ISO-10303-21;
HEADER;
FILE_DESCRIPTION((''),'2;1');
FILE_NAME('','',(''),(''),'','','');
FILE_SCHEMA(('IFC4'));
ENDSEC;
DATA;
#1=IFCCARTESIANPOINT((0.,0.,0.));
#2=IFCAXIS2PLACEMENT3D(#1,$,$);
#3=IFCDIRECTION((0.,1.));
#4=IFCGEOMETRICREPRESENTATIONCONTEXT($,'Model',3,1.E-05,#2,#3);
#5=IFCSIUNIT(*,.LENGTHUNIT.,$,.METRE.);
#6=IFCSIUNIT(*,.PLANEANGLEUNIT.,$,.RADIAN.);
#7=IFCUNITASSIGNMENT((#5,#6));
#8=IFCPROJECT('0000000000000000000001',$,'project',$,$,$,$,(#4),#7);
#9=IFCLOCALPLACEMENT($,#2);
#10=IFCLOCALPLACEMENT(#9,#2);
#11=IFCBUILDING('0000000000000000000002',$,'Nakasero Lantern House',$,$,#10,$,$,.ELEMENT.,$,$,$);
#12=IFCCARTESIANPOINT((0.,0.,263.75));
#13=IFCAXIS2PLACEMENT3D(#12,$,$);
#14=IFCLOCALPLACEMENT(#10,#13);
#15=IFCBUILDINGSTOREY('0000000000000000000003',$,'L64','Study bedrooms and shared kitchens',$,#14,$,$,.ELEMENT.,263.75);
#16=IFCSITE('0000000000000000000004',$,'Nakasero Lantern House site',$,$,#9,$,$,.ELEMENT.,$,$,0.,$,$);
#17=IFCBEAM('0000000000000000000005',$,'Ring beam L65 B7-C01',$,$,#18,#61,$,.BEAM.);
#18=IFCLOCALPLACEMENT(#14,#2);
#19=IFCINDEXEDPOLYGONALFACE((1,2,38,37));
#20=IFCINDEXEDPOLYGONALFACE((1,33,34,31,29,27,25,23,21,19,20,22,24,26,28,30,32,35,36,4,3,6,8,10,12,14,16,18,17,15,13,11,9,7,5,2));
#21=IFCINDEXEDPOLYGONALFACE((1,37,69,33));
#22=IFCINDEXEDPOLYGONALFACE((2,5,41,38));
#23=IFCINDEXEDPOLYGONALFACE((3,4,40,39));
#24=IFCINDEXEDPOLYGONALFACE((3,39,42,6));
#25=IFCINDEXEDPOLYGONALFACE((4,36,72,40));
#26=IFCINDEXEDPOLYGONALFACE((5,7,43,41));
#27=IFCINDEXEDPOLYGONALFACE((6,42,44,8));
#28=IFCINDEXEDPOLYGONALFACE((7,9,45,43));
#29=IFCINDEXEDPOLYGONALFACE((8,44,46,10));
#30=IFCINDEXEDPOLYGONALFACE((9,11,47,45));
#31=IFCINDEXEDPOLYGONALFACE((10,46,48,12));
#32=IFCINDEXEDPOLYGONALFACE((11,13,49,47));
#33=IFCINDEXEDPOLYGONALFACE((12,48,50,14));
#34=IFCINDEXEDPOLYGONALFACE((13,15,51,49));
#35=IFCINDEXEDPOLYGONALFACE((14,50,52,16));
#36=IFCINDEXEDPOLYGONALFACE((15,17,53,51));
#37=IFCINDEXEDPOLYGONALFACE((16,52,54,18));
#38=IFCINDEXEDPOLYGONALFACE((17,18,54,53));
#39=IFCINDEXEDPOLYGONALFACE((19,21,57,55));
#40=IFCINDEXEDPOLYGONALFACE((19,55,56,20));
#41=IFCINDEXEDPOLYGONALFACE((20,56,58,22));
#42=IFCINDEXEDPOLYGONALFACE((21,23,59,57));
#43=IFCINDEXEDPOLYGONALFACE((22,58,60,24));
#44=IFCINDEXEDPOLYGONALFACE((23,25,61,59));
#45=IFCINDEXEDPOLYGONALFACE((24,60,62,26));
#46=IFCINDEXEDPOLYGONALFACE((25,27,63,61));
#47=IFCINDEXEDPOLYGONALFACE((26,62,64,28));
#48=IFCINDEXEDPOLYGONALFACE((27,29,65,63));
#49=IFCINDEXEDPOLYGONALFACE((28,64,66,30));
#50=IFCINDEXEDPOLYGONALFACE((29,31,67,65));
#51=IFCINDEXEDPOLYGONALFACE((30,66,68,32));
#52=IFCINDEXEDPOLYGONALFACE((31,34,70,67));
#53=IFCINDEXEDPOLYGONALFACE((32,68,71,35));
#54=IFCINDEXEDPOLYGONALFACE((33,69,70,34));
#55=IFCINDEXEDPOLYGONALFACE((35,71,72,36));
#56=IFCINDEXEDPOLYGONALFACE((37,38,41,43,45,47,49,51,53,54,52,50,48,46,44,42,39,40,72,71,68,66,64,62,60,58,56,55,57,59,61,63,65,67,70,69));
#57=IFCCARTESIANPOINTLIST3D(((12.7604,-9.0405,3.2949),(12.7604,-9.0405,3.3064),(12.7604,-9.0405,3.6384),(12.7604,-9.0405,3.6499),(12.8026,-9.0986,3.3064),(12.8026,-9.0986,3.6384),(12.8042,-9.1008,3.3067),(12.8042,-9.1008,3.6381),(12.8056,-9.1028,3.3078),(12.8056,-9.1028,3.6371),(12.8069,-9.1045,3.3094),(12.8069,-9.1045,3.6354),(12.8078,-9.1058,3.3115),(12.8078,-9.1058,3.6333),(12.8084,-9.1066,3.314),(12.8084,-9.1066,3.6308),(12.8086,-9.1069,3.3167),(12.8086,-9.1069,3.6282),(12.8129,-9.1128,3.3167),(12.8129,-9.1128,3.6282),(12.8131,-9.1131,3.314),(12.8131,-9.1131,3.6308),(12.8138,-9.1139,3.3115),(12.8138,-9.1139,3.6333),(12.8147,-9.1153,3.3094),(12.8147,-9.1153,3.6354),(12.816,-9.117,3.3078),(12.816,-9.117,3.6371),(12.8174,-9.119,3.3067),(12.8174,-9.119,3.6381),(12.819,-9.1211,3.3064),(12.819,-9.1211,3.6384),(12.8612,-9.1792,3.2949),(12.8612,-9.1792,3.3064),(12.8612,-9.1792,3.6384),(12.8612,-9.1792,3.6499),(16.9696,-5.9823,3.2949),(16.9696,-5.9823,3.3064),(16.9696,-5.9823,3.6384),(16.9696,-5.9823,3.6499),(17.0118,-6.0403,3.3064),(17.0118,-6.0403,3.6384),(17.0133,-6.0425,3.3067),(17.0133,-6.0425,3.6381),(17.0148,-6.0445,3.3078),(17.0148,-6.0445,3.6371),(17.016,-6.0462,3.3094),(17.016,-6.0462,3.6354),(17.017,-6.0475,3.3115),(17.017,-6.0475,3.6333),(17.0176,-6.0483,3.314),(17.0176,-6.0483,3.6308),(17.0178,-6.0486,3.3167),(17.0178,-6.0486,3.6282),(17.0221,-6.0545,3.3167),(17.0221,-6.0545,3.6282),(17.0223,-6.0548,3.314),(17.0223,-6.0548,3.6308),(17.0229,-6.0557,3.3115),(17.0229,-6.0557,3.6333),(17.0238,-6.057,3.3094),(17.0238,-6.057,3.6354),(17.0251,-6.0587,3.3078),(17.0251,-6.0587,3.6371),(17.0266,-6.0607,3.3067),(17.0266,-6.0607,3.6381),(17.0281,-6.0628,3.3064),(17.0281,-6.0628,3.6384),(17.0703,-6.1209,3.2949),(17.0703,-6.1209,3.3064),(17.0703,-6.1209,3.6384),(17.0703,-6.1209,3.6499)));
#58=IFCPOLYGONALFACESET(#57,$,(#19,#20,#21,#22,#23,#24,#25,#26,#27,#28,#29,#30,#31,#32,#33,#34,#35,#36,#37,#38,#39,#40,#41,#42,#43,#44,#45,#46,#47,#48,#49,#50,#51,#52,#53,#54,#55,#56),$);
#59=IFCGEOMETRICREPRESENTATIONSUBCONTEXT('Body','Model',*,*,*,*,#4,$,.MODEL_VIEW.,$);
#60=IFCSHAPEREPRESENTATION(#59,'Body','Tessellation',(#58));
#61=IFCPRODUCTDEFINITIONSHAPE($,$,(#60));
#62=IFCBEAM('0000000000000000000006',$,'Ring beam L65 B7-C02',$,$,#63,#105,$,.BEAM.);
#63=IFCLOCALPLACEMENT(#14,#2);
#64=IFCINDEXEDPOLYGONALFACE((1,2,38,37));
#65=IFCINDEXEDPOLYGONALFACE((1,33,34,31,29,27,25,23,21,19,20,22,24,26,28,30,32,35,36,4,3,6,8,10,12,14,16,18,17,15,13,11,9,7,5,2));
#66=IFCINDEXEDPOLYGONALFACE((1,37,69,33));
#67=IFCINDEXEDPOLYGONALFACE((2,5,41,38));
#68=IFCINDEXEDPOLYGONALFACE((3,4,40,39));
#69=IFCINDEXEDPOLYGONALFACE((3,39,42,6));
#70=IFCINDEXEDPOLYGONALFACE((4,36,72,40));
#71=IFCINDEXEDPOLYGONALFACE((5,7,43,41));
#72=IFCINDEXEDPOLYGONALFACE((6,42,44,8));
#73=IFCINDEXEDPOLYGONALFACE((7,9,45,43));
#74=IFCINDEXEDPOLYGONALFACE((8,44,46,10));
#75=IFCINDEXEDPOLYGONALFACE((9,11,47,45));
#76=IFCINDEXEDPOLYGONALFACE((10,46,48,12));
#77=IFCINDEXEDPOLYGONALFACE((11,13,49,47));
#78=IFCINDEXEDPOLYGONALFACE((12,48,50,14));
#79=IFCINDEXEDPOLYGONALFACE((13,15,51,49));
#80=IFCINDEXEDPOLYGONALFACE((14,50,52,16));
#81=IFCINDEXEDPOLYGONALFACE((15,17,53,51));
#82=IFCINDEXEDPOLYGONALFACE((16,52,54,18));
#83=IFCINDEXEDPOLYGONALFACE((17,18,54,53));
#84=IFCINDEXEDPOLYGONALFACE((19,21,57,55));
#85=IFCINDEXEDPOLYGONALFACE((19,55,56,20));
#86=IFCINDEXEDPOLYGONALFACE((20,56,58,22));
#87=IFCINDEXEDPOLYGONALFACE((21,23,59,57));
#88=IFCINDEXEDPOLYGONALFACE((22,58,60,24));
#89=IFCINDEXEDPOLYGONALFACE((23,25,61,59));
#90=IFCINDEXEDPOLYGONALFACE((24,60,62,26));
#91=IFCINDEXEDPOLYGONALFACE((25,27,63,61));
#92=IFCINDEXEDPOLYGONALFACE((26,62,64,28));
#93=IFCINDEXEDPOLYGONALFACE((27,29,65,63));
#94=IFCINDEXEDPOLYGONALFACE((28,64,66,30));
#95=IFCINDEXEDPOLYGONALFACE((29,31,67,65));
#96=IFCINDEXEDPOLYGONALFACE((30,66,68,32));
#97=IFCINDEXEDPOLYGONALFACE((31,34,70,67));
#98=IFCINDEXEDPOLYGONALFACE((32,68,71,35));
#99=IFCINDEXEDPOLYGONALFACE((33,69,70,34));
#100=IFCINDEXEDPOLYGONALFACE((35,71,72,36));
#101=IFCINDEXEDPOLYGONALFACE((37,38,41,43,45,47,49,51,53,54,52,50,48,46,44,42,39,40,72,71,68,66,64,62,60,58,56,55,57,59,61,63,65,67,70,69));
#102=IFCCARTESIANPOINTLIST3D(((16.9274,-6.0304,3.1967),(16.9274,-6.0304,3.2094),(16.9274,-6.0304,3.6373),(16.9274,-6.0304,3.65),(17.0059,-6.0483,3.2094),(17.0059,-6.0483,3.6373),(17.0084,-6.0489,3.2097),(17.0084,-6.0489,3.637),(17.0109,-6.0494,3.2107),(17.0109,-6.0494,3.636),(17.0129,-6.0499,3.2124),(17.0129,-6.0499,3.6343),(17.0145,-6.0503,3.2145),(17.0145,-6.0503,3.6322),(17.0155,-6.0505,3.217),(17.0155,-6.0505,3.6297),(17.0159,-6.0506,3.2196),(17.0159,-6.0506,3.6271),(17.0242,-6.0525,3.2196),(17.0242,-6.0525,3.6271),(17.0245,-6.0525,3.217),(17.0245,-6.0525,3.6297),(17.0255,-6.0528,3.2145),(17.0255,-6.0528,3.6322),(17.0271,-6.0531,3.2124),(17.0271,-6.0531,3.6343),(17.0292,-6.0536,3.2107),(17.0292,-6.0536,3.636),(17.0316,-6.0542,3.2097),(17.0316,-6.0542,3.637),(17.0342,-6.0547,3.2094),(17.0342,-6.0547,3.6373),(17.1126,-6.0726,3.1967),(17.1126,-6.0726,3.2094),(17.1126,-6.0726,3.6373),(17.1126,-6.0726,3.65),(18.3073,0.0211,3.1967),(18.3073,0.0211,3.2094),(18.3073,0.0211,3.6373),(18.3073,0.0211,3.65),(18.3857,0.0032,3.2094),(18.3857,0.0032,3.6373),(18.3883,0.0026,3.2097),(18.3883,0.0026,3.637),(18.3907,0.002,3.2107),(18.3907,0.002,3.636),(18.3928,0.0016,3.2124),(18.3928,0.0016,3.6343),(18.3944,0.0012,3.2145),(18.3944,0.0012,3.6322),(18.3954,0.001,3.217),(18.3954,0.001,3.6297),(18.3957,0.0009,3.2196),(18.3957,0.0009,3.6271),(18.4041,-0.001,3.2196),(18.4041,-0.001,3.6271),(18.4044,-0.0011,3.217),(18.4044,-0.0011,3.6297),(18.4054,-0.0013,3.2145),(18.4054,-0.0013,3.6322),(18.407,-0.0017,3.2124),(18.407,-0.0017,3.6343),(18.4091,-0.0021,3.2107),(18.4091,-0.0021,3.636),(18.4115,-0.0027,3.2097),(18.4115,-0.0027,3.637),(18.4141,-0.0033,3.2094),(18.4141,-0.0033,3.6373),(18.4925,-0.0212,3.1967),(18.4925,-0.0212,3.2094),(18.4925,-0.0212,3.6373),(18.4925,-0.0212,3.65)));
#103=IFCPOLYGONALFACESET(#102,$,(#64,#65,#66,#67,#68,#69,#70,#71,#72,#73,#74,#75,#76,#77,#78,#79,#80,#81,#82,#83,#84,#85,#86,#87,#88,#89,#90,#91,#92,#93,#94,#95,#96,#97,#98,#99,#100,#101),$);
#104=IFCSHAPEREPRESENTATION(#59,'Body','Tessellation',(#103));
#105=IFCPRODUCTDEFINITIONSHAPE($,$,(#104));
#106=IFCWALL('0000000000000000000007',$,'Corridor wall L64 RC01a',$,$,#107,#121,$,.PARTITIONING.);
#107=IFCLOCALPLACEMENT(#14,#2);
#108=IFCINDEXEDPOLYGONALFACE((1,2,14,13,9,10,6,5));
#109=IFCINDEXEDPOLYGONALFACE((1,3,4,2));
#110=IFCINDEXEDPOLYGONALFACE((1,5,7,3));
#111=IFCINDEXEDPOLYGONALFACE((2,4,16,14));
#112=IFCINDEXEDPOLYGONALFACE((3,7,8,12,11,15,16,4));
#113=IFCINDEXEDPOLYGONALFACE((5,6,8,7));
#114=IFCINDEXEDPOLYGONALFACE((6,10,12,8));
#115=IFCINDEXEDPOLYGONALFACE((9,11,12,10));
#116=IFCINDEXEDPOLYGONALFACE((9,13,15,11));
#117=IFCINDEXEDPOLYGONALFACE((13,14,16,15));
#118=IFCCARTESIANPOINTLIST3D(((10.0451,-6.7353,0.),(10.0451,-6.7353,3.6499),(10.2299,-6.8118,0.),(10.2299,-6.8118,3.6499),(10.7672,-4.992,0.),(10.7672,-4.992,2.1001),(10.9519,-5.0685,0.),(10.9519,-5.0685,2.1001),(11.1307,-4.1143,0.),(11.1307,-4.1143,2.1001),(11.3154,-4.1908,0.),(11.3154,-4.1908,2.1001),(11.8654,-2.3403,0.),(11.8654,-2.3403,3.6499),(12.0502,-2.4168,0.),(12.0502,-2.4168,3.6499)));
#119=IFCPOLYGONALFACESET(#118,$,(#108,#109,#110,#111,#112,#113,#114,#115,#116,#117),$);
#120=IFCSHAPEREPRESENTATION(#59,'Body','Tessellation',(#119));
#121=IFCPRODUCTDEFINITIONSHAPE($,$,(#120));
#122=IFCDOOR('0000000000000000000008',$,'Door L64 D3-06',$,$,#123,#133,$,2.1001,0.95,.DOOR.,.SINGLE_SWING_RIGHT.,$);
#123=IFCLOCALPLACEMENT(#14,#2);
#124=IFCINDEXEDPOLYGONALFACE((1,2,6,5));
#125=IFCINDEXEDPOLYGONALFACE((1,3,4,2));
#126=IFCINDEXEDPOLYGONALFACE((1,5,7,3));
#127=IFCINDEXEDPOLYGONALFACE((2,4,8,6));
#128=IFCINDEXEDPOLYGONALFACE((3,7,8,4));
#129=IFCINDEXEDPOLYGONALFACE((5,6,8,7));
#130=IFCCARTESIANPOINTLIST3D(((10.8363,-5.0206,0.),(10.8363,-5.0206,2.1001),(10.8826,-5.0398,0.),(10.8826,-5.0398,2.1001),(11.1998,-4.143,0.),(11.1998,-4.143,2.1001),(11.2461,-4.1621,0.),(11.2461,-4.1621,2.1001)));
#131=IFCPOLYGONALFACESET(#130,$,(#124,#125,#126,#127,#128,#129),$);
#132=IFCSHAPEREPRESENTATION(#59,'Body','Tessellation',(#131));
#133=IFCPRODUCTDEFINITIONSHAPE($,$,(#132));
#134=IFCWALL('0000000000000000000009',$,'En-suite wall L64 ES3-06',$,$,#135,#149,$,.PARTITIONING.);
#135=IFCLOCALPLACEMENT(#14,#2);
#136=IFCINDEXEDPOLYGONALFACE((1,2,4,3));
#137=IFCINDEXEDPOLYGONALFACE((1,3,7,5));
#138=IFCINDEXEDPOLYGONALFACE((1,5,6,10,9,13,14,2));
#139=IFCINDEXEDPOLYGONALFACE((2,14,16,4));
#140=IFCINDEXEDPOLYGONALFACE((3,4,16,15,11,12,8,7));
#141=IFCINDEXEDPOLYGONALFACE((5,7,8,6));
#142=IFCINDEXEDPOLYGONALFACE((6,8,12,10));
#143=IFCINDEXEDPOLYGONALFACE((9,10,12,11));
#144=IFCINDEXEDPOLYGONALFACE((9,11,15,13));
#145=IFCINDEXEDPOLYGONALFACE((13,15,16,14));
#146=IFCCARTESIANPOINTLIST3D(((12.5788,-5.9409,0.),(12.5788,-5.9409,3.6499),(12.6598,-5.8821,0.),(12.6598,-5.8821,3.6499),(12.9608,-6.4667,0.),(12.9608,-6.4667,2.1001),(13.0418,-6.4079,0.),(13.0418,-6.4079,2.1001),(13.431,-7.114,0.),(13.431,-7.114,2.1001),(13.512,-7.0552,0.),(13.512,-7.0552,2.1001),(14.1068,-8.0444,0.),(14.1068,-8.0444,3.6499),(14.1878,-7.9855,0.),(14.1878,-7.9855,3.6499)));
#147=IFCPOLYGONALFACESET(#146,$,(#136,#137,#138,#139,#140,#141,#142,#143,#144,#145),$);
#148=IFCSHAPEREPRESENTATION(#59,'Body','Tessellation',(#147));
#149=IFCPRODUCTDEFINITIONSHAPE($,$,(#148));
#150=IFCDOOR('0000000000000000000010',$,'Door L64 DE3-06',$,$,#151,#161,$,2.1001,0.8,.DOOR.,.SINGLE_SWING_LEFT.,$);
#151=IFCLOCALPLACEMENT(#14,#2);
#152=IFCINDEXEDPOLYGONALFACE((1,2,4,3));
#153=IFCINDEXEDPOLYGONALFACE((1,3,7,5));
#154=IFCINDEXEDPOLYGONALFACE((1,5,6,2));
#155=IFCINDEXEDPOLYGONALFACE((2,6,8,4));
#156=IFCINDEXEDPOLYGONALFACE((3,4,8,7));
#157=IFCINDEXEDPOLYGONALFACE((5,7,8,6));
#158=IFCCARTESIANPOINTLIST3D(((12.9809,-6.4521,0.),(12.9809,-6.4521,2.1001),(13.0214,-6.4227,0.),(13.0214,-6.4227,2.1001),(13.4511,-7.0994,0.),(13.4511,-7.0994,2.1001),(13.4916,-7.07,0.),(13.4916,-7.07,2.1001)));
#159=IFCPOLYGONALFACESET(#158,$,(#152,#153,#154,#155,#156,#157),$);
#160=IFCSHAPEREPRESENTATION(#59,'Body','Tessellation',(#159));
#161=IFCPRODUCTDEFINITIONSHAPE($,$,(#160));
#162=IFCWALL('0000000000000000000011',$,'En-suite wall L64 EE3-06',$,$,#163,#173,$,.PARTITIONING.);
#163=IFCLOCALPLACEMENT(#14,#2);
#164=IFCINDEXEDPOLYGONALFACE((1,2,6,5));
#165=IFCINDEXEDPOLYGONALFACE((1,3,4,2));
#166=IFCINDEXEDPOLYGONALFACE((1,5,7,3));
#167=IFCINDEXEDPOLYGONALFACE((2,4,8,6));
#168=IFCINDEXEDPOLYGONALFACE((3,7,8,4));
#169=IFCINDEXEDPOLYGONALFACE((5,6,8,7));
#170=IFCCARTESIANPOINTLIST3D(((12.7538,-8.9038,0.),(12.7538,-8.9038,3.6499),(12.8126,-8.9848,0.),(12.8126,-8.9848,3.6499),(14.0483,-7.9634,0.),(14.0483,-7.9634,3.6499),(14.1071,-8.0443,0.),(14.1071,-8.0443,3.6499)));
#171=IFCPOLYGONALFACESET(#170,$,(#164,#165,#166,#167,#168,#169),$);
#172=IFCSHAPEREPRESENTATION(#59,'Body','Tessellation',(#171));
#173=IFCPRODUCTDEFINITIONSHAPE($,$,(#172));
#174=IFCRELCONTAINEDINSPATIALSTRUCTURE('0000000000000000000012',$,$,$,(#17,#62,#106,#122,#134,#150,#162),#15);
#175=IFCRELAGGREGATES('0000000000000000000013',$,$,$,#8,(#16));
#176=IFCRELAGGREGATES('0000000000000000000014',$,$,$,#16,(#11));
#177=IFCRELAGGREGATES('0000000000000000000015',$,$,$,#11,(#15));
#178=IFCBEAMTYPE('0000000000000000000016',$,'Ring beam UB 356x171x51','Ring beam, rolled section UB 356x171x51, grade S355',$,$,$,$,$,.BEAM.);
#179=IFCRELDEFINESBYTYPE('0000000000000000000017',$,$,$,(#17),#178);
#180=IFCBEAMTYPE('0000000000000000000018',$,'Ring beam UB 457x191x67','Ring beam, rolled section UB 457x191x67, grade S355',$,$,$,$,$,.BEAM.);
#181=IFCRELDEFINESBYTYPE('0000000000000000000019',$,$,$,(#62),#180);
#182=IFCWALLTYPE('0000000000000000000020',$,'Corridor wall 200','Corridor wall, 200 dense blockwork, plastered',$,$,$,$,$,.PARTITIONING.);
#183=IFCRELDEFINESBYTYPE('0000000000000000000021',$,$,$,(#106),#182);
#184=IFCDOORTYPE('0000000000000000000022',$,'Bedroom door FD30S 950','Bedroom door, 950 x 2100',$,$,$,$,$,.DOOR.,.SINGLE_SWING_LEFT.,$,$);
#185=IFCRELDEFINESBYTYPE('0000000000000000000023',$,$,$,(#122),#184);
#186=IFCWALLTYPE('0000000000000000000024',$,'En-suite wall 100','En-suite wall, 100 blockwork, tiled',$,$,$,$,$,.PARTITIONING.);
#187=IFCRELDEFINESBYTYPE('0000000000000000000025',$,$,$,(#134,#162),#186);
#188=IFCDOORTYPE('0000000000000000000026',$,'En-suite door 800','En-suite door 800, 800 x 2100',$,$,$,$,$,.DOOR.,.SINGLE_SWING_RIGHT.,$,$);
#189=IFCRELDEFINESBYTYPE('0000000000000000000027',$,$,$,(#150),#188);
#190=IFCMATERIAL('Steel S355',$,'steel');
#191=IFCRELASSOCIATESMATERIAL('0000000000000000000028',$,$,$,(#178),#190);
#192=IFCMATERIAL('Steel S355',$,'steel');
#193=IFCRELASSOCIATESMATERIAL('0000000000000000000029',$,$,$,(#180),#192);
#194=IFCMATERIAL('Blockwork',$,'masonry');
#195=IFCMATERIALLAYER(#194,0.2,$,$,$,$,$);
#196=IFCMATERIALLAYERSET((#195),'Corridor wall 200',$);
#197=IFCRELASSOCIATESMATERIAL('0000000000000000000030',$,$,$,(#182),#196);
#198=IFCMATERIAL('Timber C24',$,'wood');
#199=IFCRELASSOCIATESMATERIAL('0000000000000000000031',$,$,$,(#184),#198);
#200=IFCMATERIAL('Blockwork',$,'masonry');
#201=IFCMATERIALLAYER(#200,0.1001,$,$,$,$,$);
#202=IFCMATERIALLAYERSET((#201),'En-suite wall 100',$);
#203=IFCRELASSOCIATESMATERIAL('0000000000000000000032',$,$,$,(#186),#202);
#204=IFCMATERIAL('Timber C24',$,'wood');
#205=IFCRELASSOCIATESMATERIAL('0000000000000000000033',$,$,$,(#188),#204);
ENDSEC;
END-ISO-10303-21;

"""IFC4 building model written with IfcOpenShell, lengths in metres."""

from ifc_helpers import new_model, si_unit, direction, frame, frame_2d, origin, origin_2d, place, context, subcontext, project, spatial, rectangle, i_section, extrude, material, layer, layer_set, material_profile, profile_set, type_object, element, fill, save


model = new_model("IFC4")

# Units and contexts
model_context = context("Model", 3, precision=1e-05, world=origin(), true_north=direction((0.0, 1.0)))
body_context = subcontext(model_context, "Body", "Model", "MODEL_VIEW")
ifc_project = project(units=[si_unit("LENGTHUNIT", "METRE"), si_unit("PLANEANGLEUNIT", "RADIAN")], contexts=[model_context])

# Site, building, storey
site_placement = place(None, origin())
site = spatial("IfcSite", under=ifc_project, at=site_placement, Name="Nakasero Lantern House site", CompositionType="ELEMENT", RefElevation=0.0)
building_placement = place(site_placement, origin())
building = spatial("IfcBuilding", under=site, at=building_placement, Name="Nakasero Lantern House", CompositionType="ELEMENT")
storey_placement = place(building_placement, frame((0.0, 0.0, 263.75)))
storey = spatial("IfcBuildingStorey", under=building, at=storey_placement, Name="L64", Description="Study bedrooms and shared kitchens", CompositionType="ELEMENT", Elevation=263.75)

# Beams
ifc_material_1 = material(Name="Steel S355", Category="steel")
ifc_material_profile_1 = material_profile(ifc_material_1, i_section(OverallWidth=0.1714, OverallDepth=0.355, WebThickness=0.0073, FlangeThickness=0.0115, FilletRadius=0.0103, at=origin_2d()), Name="UB 356x171x51")
ifc_profile_set_1 = profile_set([ifc_material_profile_1], Name="Steel S355")
beam_type_1 = type_object("IfcBeamType", Name="Ring beam UB 356x171x51", Description="Ring beam, rolled section UB 356x171x51, grade S355", PredefinedType="BEAM", material=ifc_profile_set_1)
beam_1_placement = place(storey_placement, frame((12.8108, -9.1099, 3.4724), z_axis=(0.809002, 0.587806, 0.0), x_axis=(-0.587806, 0.809002, 0.0)))
element("IfcBeam", 1, at=beam_1_placement, inside=storey, type_object=beam_type_1, Name="Ring beam L65 B7-C01", PredefinedType="BEAM", context=body_context, shape_type="SweptSolid", body=[
    extrude(i_section(OverallWidth=0.1714, OverallDepth=0.355, WebThickness=0.0073, FlangeThickness=0.0115, FilletRadius=0.0103, at=origin_2d()), origin(), (0.0, 0.0, 1.0), 5.2029),
])
ifc_material_2 = material(Name="Steel S355", Category="steel")
ifc_material_profile_2 = material_profile(ifc_material_2, i_section(OverallWidth=0.1899, OverallDepth=0.4534, WebThickness=0.0085, FlangeThickness=0.0127, FilletRadius=0.0103, at=origin_2d()), Name="UB 457x191x67")
ifc_profile_set_2 = profile_set([ifc_material_profile_2], Name="Steel S355")
beam_type_2 = type_object("IfcBeamType", Name="Ring beam UB 457x191x67", Description="Ring beam, rolled section UB 457x191x67, grade S355", PredefinedType="BEAM", material=ifc_profile_set_2)
beam_2_placement = place(storey_placement, frame((17.02, -6.0515, 3.4233), z_axis=(0.222316, 0.974975, 0.0), x_axis=(-0.974975, 0.222316, 0.0)))
element("IfcBeam", 2, at=beam_2_placement, inside=storey, type_object=beam_type_2, Name="Ring beam L65 B7-C02", PredefinedType="BEAM", context=body_context, shape_type="SweptSolid", body=[
    extrude(i_section(OverallWidth=0.1899, OverallDepth=0.4534, WebThickness=0.0085, FlangeThickness=0.0127, FilletRadius=0.0103, at=origin_2d()), origin(), (0.0, 0.0, 1.0), 6.2068),
])

# Walls, openings, doors
ifc_material_3 = material(Name="Blockwork", Category="masonry")
ifc_layer_1 = layer(ifc_material_3, 0.2)
ifc_layer_set_1 = layer_set([ifc_layer_1], Name="Corridor wall 200")
wall_type_1 = type_object("IfcWallType", Name="Corridor wall 200", Description="Corridor wall, 200 dense blockwork, plastered", PredefinedType="PARTITIONING", material=ifc_layer_set_1)
wall_1_placement = place(storey_placement, frame((11.9578, -2.3787, 0.0), z_axis=(0.0, 0.0, 1.0), x_axis=(-0.382654, -0.923892, 0.0)))
wall_1 = element("IfcWall", 3, at=wall_1_placement, inside=storey, type_object=wall_type_1, Name="Corridor wall L64 RC01a", PredefinedType="PARTITIONING", context=body_context, shape_type="SweptSolid", body=[
    extrude(rectangle(XDim=4.7571, YDim=0.2, at=frame_2d((2.3784, 0.0))), origin(), (0.0, 0.0, 1.0), 3.6499),
])
opening_1_placement = place(wall_1_placement, frame((1.9199, 0.0, 0.0)))
opening_1 = element("IfcOpeningElement", 4, at=opening_1_placement, cuts=wall_1, PredefinedType="OPENING", context=body_context, shape_type="SweptSolid", body=[
    extrude(rectangle(XDim=0.95, YDim=2.1001, at=frame_2d((0.4751, 1.05))), frame((0.0, 0.1199, 0.0), z_axis=(0.0, -1.0, 0.0), x_axis=(1.0, 0.0, 0.0)), (0.0, 0.0, 1.0), 0.24),
])
ifc_material_4 = material(Name="Timber C24", Category="wood")
door_type_1 = type_object("IfcDoorType", Name="Bedroom door FD30S 950", Description="Bedroom door, 950 x 2100", OperationType="SINGLE_SWING_LEFT", PredefinedType="DOOR", material=ifc_material_4)
door_1_placement = place(opening_1_placement, origin())
door_1 = element("IfcDoor", 5, at=door_1_placement, inside=storey, type_object=door_type_1, Name="Door L64 D3-06", OperationType="SINGLE_SWING_RIGHT", OverallHeight=2.1001, OverallWidth=0.95, PredefinedType="DOOR", context=body_context, shape_type="SweptSolid", body=[
    extrude(rectangle(XDim=0.95, YDim=2.1001, at=frame_2d((0.4751, 1.05))), frame((0.0, 0.0249, 0.0), z_axis=(0.0, -1.0, 0.0), x_axis=(1.0, 0.0, 0.0)), (0.0, 0.0, 1.0), 0.05),
])
fill(opening_1, door_1)
ifc_material_5 = material(Name="Blockwork", Category="masonry")
ifc_layer_2 = layer(ifc_material_5, 0.1001)
ifc_layer_set_2 = layer_set([ifc_layer_2], Name="En-suite wall 100")
wall_type_2 = type_object("IfcWallType", Name="En-suite wall 100", Description="En-suite wall, 100 blockwork, tiled", PredefinedType="PARTITIONING", material=ifc_layer_set_2)
wall_2_placement = place(storey_placement, frame((12.6194, -5.9116, 0.0), z_axis=(0.0, 0.0, 1.0), x_axis=(0.587731, -0.809057, 0.0)))
wall_2 = element("IfcWall", 6, at=wall_2_placement, inside=storey, type_object=wall_type_2, Name="En-suite wall L64 ES3-06", PredefinedType="PARTITIONING", context=body_context, shape_type="SweptSolid", body=[
    extrude(rectangle(XDim=2.5999, YDim=0.1001, at=frame_2d((1.2998, 0.0))), origin(), (0.0, 0.0, 1.0), 3.6499),
])
opening_2_placement = place(wall_2_placement, frame((0.6499, 0.0, 0.0)))
opening_2 = element("IfcOpeningElement", 7, at=opening_2_placement, cuts=wall_2, PredefinedType="OPENING", context=body_context, shape_type="SweptSolid", body=[
    extrude(rectangle(XDim=0.8, YDim=2.1001, at=frame_2d((0.3999, 1.05))), frame((0.0, 0.0701, 0.0), z_axis=(0.0, -1.0, 0.0), x_axis=(1.0, 0.0, 0.0)), (0.0, 0.0, 1.0), 0.1401),
])
ifc_material_6 = material(Name="Timber C24", Category="wood")
door_type_2 = type_object("IfcDoorType", Name="En-suite door 800", Description="En-suite door 800, 800 x 2100", OperationType="SINGLE_SWING_RIGHT", PredefinedType="DOOR", material=ifc_material_6)
door_2_placement = place(opening_2_placement, origin())
door_2 = element("IfcDoor", 8, at=door_2_placement, inside=storey, type_object=door_type_2, Name="Door L64 DE3-06", OperationType="SINGLE_SWING_LEFT", OverallHeight=2.1001, OverallWidth=0.8, PredefinedType="DOOR", context=body_context, shape_type="SweptSolid", body=[
    extrude(rectangle(XDim=0.8, YDim=2.1001, at=frame_2d((0.3999, 1.05))), frame((0.0, 0.0249, 0.0), z_axis=(0.0, -1.0, 0.0), x_axis=(1.0, 0.0, 0.0)), (0.0, 0.0, 1.0), 0.05),
])
fill(opening_2, door_2)

# Wall
wall_3_placement = place(storey_placement, frame((12.7832, -8.9443, 0.0), z_axis=(0.0, 0.0, 1.0), x_axis=(0.809026, 0.587772, 0.0)))
element("IfcWall", 9, at=wall_3_placement, inside=storey, type_object=wall_type_2, Name="En-suite wall L64 EE3-06", PredefinedType="PARTITIONING", context=body_context, shape_type="SweptSolid", body=[
    extrude(rectangle(XDim=1.6001, YDim=0.1001, at=frame_2d((0.8, 0.0))), origin(), (0.0, 0.0, 1.0), 3.6499),
])

save(model, "model.ifc")
